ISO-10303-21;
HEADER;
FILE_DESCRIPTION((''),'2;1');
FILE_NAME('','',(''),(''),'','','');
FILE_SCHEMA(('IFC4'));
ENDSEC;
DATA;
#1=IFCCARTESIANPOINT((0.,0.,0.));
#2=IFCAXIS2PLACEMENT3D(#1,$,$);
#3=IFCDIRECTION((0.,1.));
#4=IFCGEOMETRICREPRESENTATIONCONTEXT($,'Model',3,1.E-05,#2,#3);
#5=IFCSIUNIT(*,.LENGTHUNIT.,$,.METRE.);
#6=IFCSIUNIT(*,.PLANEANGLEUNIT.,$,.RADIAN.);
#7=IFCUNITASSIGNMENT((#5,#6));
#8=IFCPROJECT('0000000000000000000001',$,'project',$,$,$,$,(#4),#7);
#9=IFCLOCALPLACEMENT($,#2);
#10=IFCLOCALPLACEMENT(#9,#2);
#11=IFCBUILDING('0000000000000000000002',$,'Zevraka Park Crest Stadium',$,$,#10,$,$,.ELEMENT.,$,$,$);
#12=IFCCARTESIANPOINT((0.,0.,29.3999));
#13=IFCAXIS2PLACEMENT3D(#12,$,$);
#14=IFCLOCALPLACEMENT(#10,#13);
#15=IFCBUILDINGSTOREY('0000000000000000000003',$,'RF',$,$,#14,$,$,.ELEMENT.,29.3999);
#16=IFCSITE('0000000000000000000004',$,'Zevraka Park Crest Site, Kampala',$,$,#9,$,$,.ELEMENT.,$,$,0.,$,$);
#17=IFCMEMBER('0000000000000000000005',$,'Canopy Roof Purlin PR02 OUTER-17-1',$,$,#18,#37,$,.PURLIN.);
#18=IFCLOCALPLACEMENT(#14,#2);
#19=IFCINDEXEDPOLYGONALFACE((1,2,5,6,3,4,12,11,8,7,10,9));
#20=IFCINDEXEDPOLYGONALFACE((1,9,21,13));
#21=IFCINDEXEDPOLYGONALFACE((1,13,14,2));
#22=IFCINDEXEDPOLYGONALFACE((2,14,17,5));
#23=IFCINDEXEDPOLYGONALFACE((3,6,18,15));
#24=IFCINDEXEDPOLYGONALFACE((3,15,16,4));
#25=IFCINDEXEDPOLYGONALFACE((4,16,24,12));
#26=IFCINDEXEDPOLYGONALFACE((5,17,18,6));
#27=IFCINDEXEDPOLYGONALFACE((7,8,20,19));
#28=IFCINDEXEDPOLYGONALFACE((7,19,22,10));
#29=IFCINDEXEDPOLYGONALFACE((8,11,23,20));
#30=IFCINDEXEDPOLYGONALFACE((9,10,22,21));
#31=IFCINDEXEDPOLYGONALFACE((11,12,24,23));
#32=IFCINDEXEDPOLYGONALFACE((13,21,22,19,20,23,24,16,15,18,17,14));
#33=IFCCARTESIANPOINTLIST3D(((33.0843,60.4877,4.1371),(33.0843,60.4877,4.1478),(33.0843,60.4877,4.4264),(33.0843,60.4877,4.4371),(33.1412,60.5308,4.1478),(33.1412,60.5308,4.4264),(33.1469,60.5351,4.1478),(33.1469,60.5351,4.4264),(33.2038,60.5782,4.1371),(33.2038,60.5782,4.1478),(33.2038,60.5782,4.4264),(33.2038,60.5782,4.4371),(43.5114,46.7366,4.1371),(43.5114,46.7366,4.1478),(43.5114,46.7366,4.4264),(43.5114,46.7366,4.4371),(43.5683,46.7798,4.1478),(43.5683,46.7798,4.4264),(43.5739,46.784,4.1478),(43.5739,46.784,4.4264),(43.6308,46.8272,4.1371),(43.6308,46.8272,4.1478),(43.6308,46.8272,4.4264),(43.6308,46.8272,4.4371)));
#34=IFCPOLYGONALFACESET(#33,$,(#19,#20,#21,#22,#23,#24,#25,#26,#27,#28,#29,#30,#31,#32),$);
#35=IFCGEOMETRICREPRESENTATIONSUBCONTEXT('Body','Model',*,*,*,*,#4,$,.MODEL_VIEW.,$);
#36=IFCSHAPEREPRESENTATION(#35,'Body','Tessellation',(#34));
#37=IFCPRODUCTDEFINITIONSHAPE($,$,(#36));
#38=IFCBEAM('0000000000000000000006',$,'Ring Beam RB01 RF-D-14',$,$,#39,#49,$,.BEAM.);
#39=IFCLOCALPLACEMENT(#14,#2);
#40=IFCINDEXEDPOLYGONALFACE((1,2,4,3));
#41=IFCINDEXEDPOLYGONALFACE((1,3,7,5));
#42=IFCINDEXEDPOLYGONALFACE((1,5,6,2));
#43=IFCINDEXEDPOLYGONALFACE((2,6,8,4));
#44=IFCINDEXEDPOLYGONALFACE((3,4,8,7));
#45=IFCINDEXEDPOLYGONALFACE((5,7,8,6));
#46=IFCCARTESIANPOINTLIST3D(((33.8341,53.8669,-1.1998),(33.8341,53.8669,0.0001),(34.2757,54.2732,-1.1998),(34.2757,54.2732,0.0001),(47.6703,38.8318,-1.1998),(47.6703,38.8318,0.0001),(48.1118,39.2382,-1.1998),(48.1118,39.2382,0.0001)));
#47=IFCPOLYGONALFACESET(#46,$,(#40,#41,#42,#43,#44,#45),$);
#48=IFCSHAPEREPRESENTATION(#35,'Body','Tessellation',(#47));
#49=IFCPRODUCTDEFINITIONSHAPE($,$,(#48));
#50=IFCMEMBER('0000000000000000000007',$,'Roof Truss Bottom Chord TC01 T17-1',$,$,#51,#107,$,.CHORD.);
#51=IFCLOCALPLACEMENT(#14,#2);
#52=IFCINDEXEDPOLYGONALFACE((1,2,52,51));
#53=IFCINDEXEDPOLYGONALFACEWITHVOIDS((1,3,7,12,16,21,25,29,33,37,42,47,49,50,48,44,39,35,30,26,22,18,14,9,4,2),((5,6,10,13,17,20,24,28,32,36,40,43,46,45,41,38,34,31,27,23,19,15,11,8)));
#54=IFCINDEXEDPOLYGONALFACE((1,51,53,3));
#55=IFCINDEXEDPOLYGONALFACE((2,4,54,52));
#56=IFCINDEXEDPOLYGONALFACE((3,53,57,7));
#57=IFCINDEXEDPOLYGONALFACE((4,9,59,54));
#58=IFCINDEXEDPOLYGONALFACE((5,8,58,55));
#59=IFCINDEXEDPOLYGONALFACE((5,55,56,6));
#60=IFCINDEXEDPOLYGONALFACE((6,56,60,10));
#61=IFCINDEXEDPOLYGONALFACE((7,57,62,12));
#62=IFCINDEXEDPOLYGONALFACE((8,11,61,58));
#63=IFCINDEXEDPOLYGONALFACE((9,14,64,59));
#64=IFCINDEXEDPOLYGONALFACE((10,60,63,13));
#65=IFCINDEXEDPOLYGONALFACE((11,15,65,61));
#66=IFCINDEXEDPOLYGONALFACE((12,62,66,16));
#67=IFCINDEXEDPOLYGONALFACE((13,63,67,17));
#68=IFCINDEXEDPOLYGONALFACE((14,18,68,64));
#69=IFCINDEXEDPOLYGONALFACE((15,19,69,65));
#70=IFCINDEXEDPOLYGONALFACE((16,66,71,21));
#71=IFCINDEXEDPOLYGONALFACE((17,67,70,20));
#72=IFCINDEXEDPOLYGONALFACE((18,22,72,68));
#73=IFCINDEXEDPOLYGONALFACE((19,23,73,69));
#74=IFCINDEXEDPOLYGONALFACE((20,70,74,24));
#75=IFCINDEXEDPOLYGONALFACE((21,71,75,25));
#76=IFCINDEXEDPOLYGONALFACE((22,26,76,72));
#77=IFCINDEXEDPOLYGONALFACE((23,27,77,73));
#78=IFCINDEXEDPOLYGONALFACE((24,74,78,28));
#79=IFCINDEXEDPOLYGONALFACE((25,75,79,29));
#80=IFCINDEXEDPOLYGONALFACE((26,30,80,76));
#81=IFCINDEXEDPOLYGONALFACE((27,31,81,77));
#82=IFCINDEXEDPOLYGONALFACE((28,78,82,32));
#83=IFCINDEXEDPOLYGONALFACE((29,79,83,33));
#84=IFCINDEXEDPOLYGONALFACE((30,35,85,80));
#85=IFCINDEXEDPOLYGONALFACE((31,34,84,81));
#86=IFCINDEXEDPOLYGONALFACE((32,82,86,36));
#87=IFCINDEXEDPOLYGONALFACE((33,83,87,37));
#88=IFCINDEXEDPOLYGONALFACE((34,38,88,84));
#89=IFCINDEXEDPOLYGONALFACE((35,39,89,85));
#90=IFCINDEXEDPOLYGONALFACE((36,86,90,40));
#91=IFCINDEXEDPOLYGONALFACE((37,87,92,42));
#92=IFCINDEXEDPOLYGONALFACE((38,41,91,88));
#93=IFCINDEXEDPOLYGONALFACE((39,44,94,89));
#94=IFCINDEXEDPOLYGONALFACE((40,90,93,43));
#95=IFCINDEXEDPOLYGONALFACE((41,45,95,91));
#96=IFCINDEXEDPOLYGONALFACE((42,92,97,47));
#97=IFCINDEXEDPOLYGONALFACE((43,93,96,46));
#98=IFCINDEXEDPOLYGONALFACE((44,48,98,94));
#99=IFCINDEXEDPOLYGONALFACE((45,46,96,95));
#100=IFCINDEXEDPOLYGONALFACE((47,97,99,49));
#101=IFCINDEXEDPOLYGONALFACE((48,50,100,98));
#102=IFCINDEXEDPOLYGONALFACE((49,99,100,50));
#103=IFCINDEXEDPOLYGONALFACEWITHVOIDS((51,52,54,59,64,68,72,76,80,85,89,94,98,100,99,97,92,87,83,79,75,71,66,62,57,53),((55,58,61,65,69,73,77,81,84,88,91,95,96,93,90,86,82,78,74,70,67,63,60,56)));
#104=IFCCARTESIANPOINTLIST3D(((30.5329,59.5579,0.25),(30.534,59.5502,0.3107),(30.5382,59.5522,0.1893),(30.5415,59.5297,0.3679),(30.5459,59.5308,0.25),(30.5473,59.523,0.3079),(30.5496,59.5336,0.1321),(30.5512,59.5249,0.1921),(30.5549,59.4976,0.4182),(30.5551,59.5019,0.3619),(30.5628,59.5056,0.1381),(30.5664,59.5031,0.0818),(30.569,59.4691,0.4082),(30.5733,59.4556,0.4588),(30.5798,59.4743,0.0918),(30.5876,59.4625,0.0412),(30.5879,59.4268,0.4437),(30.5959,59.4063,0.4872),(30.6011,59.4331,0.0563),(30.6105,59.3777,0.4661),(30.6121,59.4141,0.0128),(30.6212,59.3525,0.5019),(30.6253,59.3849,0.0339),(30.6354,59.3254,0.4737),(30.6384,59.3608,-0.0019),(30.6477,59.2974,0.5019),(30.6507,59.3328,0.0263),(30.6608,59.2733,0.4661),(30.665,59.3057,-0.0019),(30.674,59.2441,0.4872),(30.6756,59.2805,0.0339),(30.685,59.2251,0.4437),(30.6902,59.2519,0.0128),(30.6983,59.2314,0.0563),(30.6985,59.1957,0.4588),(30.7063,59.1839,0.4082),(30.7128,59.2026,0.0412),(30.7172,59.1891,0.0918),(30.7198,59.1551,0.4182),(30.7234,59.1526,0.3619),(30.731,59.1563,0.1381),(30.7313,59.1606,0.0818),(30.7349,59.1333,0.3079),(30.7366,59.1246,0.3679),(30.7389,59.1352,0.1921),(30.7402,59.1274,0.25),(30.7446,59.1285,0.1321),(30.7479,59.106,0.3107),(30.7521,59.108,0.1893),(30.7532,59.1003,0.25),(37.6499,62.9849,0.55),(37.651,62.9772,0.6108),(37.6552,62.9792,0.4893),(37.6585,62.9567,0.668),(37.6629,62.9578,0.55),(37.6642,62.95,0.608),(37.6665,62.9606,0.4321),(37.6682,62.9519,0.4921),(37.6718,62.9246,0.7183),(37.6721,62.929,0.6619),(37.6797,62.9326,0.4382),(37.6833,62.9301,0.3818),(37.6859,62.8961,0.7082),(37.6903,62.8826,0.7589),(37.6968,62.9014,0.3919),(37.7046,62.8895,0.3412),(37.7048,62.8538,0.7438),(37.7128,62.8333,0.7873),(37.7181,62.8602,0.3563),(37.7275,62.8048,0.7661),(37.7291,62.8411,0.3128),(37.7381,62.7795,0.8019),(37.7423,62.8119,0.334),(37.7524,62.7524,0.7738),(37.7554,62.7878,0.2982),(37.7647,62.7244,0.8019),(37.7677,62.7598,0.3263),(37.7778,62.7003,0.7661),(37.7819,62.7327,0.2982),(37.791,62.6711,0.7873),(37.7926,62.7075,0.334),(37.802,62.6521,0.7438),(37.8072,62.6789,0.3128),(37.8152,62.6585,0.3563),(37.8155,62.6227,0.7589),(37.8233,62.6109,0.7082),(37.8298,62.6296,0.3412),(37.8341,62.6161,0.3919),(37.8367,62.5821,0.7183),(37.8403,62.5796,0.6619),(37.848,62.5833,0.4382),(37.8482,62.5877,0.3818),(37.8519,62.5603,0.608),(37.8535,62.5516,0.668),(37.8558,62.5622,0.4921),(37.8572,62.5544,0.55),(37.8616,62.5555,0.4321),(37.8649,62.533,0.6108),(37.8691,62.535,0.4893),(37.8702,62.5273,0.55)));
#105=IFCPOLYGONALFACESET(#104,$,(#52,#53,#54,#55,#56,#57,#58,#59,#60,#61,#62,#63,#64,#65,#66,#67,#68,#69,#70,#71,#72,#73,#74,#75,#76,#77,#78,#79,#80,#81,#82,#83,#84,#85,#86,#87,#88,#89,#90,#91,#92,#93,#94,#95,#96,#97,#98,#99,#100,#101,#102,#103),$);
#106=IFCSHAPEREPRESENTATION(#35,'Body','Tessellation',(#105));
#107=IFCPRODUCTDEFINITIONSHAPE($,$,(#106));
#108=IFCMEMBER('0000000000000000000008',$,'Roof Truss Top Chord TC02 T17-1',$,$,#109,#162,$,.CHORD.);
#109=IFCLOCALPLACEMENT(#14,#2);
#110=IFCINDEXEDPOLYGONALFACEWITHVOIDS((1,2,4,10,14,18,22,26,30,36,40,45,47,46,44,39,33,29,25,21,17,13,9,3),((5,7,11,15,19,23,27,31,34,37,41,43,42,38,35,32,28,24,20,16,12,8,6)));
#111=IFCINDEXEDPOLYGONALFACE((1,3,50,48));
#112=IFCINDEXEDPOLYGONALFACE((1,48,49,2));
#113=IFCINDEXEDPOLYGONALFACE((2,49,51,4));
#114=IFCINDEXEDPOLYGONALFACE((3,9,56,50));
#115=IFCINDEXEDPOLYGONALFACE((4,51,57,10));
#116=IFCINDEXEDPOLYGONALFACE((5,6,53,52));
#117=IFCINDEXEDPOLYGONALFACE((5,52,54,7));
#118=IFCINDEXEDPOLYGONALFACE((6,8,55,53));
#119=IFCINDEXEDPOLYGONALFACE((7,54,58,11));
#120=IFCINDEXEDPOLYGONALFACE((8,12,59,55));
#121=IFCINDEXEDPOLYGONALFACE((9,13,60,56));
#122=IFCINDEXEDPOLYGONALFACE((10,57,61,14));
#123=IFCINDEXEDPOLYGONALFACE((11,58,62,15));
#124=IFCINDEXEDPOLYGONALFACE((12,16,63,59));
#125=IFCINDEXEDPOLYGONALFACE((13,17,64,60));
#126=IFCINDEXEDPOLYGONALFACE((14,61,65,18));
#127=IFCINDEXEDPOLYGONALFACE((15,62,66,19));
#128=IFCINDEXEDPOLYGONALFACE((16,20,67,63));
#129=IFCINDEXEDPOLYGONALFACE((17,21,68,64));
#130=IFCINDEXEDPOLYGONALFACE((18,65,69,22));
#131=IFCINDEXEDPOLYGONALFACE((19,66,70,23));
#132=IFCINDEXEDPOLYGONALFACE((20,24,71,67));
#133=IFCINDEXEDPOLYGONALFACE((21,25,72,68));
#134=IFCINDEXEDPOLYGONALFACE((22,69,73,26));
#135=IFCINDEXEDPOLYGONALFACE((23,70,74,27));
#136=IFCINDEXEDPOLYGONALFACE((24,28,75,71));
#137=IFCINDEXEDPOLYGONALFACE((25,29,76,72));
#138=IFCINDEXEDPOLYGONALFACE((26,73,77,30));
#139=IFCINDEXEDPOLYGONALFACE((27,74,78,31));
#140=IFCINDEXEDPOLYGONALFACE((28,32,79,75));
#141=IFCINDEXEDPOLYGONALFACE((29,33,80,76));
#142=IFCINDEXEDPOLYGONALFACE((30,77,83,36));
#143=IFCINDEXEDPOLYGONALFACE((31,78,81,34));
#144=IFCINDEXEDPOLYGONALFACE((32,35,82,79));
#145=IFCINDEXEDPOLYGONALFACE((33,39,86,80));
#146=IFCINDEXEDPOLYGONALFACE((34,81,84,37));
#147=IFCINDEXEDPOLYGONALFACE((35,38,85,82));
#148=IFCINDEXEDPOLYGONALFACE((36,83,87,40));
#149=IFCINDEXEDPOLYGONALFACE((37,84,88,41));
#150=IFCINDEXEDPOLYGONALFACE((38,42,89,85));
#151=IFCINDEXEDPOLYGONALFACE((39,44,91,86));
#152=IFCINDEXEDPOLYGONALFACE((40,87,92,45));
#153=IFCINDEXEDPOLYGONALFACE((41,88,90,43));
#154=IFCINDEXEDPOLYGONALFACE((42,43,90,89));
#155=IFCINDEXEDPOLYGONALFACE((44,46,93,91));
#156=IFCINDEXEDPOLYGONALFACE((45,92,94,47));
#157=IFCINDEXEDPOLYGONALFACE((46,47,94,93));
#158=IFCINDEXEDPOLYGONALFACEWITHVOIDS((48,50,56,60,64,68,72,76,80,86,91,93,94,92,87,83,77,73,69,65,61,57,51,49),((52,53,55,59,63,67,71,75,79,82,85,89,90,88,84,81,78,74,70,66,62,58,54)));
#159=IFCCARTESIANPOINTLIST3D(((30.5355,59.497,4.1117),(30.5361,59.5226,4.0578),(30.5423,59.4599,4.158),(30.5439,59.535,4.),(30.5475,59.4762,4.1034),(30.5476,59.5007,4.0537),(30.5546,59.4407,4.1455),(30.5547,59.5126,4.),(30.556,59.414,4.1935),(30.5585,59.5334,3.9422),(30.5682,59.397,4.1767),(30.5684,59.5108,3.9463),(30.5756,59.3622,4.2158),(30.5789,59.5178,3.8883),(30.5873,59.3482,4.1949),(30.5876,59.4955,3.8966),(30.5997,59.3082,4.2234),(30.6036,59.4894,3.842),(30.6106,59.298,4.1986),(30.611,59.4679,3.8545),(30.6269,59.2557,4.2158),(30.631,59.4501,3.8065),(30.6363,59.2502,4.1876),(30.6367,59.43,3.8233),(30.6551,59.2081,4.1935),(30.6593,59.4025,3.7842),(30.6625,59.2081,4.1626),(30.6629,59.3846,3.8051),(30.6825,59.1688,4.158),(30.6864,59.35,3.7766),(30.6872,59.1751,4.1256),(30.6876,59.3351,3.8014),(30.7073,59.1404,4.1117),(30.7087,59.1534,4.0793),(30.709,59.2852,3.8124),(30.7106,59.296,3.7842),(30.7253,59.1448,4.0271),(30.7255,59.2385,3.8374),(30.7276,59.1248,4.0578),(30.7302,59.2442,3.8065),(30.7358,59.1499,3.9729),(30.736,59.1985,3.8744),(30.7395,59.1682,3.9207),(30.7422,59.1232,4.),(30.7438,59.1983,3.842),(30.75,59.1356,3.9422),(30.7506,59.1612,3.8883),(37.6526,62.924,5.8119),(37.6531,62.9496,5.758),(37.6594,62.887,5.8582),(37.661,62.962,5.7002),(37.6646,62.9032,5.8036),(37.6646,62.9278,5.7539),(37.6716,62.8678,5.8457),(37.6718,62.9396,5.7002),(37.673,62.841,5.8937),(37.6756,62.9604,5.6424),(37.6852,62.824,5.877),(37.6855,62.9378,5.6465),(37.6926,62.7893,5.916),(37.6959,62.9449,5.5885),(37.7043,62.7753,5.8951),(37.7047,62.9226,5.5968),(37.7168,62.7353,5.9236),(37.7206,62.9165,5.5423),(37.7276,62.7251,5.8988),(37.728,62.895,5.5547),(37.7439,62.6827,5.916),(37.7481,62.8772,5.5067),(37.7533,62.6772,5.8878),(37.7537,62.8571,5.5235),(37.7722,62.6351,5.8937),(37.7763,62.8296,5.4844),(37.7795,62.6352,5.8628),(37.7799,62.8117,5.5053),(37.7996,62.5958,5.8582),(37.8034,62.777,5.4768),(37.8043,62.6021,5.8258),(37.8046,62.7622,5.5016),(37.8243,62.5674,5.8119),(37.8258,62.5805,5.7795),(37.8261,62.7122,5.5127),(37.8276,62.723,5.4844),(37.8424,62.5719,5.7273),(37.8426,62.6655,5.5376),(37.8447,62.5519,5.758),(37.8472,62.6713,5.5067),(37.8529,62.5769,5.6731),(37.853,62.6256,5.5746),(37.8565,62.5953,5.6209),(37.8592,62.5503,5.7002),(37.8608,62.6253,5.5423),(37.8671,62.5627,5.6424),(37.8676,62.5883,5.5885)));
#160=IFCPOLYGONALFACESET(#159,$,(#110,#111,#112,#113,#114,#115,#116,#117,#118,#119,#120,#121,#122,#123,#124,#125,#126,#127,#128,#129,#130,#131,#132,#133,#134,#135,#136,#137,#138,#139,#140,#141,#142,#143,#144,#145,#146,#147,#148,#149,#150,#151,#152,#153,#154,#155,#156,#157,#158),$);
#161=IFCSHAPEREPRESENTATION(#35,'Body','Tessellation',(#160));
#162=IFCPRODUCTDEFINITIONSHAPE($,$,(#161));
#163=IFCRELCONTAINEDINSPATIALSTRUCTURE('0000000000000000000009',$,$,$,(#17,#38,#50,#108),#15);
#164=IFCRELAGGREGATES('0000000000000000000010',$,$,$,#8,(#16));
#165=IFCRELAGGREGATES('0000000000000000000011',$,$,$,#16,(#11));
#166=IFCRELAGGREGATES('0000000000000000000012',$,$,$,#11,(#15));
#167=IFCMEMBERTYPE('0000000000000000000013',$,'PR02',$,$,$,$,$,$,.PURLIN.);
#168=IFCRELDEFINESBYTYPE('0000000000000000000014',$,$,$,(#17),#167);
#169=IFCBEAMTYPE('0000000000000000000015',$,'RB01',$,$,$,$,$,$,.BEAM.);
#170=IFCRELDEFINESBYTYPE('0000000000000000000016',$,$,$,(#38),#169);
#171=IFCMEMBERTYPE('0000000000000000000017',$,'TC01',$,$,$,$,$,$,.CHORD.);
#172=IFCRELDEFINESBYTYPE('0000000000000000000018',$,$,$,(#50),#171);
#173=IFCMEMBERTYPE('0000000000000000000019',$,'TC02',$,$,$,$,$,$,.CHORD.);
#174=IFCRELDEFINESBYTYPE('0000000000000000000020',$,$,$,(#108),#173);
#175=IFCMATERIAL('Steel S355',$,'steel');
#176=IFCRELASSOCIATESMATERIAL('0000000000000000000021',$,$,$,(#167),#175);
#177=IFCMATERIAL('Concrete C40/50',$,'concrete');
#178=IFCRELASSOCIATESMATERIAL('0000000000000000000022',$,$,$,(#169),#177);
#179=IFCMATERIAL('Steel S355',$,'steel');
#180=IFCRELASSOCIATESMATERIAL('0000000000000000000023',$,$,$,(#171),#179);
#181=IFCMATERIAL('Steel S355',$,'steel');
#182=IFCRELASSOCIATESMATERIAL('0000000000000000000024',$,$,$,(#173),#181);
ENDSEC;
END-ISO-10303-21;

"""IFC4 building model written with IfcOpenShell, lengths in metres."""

from ifc_helpers import new_model, si_unit, direction, frame, origin, origin_2d, place, context, subcontext, project, spatial, rectangle, hollow_circle, i_section, extrude, material, material_profile, profile_set, type_object, element, save


model = new_model("IFC4")

# Units and contexts
model_context = context("Model", 3, precision=1e-05, world=origin(), true_north=direction((0.0, 1.0)))
body_context = subcontext(model_context, "Body", "Model", "MODEL_VIEW")
ifc_project = project(units=[si_unit("LENGTHUNIT", "METRE"), si_unit("PLANEANGLEUNIT", "RADIAN")], contexts=[model_context])

# Site, building, storey
site_placement = place(None, origin())
site = spatial("IfcSite", under=ifc_project, at=site_placement, Name="Zevraka Park Crest Site, Kampala", CompositionType="ELEMENT", RefElevation=0.0)
building_placement = place(site_placement, origin())
building = spatial("IfcBuilding", under=site, at=building_placement, Name="Zevraka Park Crest Stadium", CompositionType="ELEMENT")
storey_placement = place(building_placement, frame((0.0, 0.0, 29.3999)))
storey = spatial("IfcBuildingStorey", under=building, at=storey_placement, Name="RF", CompositionType="ELEMENT", Elevation=29.3999)

# Member
ifc_material_1 = material(Name="Steel S355", Category="steel")
ifc_material_profile_1 = material_profile(ifc_material_1, i_section(OverallWidth=0.1499, OverallDepth=0.3, WebThickness=0.0071, FlangeThickness=0.0107, at=origin_2d()), Name="IPE 300")
ifc_profile_set_1 = profile_set([ifc_material_profile_1], Name="Steel S355")
member_type_1 = type_object("IfcMemberType", Name="PR02", PredefinedType="PURLIN", material=ifc_profile_set_1)
member_1_placement = place(storey_placement, frame((33.144, 60.533, 4.2871), z_axis=(0.604211, -0.796824, 0.0), x_axis=(0.796824, 0.604211, 0.0)))
element("IfcMember", 1, at=member_1_placement, inside=storey, type_object=member_type_1, Name="Canopy Roof Purlin PR02 OUTER-17-1", PredefinedType="PURLIN", context=body_context, shape_type="SweptSolid", body=[
    extrude(i_section(OverallWidth=0.1499, OverallDepth=0.3, WebThickness=0.0071, FlangeThickness=0.0107, at=origin_2d()), origin(), (0.0, 0.0, 1.0), 17.2573),
])

# Beam
ifc_material_2 = material(Name="Concrete C40/50", Category="concrete")
ifc_material_profile_2 = material_profile(ifc_material_2, rectangle(XDim=0.6001, YDim=1.2, at=origin_2d()), Name="RC 1200x600")
ifc_profile_set_2 = profile_set([ifc_material_profile_2], Name="Concrete C40/50")
beam_type = type_object("IfcBeamType", Name="RB01", PredefinedType="BEAM", material=ifc_profile_set_2)
beam_placement = place(storey_placement, frame((34.0549, 54.0701, -0.5999), z_axis=(0.677158, -0.735837, 0.0), x_axis=(0.735837, 0.677158, 0.0)))
element("IfcBeam", 2, at=beam_placement, inside=storey, type_object=beam_type, Name="Ring Beam RB01 RF-D-14", PredefinedType="BEAM", context=body_context, shape_type="SweptSolid", body=[
    extrude(rectangle(XDim=0.6001, YDim=1.2, at=origin_2d()), origin(), (0.0, 0.0, 1.0), 20.4326),
])

# Members
ifc_material_3 = material(Name="Steel S355", Category="steel")
ifc_material_profile_3 = material_profile(ifc_material_3, hollow_circle(Radius=0.2539, WallThickness=0.03, at=origin_2d()), Name="CHS 508.0x30")
ifc_profile_set_3 = profile_set([ifc_material_profile_3], Name="Steel S355")
member_type_2 = type_object("IfcMemberType", Name="TC01", PredefinedType="CHORD", material=ifc_profile_set_3)
member_2_placement = place(storey_placement, frame((30.6431, 59.3291, 0.25), z_axis=(0.900336, 0.433536, 0.037958), x_axis=(-0.433849, 0.900986, 0.0)))
element("IfcMember", 3, at=member_2_placement, inside=storey, type_object=member_type_2, Name="Roof Truss Bottom Chord TC01 T17-1", PredefinedType="CHORD", context=body_context, shape_type="SweptSolid", body=[
    extrude(hollow_circle(Radius=0.2539, WallThickness=0.03, at=origin_2d()), origin(), (0.0, 0.0, 1.0), 7.9048),
])
ifc_material_4 = material(Name="Steel S355", Category="steel")
ifc_material_profile_4 = material_profile(ifc_material_4, hollow_circle(Radius=0.2285, WallThickness=0.0249, at=origin_2d()), Name="CHS 457.0x25")
ifc_profile_set_4 = profile_set([ifc_material_profile_4], Name="Steel S355")
member_type_3 = type_object("IfcMemberType", Name="TC02", PredefinedType="CHORD", material=ifc_profile_set_4)
member_3_placement = place(storey_placement, frame((30.6431, 59.3291, 4.0), z_axis=(0.880813, 0.424136, 0.210421), x_axis=(-0.433849, 0.900986, 0.0)))
element("IfcMember", 4, at=member_3_placement, inside=storey, type_object=member_type_3, Name="Roof Truss Top Chord TC02 T17-1", PredefinedType="CHORD", context=body_context, shape_type="SweptSolid", body=[
    extrude(hollow_circle(Radius=0.2285, WallThickness=0.0249, at=origin_2d()), origin(), (0.0, 0.0, 1.0), 8.0801),
])

save(model, "model.ifc")
